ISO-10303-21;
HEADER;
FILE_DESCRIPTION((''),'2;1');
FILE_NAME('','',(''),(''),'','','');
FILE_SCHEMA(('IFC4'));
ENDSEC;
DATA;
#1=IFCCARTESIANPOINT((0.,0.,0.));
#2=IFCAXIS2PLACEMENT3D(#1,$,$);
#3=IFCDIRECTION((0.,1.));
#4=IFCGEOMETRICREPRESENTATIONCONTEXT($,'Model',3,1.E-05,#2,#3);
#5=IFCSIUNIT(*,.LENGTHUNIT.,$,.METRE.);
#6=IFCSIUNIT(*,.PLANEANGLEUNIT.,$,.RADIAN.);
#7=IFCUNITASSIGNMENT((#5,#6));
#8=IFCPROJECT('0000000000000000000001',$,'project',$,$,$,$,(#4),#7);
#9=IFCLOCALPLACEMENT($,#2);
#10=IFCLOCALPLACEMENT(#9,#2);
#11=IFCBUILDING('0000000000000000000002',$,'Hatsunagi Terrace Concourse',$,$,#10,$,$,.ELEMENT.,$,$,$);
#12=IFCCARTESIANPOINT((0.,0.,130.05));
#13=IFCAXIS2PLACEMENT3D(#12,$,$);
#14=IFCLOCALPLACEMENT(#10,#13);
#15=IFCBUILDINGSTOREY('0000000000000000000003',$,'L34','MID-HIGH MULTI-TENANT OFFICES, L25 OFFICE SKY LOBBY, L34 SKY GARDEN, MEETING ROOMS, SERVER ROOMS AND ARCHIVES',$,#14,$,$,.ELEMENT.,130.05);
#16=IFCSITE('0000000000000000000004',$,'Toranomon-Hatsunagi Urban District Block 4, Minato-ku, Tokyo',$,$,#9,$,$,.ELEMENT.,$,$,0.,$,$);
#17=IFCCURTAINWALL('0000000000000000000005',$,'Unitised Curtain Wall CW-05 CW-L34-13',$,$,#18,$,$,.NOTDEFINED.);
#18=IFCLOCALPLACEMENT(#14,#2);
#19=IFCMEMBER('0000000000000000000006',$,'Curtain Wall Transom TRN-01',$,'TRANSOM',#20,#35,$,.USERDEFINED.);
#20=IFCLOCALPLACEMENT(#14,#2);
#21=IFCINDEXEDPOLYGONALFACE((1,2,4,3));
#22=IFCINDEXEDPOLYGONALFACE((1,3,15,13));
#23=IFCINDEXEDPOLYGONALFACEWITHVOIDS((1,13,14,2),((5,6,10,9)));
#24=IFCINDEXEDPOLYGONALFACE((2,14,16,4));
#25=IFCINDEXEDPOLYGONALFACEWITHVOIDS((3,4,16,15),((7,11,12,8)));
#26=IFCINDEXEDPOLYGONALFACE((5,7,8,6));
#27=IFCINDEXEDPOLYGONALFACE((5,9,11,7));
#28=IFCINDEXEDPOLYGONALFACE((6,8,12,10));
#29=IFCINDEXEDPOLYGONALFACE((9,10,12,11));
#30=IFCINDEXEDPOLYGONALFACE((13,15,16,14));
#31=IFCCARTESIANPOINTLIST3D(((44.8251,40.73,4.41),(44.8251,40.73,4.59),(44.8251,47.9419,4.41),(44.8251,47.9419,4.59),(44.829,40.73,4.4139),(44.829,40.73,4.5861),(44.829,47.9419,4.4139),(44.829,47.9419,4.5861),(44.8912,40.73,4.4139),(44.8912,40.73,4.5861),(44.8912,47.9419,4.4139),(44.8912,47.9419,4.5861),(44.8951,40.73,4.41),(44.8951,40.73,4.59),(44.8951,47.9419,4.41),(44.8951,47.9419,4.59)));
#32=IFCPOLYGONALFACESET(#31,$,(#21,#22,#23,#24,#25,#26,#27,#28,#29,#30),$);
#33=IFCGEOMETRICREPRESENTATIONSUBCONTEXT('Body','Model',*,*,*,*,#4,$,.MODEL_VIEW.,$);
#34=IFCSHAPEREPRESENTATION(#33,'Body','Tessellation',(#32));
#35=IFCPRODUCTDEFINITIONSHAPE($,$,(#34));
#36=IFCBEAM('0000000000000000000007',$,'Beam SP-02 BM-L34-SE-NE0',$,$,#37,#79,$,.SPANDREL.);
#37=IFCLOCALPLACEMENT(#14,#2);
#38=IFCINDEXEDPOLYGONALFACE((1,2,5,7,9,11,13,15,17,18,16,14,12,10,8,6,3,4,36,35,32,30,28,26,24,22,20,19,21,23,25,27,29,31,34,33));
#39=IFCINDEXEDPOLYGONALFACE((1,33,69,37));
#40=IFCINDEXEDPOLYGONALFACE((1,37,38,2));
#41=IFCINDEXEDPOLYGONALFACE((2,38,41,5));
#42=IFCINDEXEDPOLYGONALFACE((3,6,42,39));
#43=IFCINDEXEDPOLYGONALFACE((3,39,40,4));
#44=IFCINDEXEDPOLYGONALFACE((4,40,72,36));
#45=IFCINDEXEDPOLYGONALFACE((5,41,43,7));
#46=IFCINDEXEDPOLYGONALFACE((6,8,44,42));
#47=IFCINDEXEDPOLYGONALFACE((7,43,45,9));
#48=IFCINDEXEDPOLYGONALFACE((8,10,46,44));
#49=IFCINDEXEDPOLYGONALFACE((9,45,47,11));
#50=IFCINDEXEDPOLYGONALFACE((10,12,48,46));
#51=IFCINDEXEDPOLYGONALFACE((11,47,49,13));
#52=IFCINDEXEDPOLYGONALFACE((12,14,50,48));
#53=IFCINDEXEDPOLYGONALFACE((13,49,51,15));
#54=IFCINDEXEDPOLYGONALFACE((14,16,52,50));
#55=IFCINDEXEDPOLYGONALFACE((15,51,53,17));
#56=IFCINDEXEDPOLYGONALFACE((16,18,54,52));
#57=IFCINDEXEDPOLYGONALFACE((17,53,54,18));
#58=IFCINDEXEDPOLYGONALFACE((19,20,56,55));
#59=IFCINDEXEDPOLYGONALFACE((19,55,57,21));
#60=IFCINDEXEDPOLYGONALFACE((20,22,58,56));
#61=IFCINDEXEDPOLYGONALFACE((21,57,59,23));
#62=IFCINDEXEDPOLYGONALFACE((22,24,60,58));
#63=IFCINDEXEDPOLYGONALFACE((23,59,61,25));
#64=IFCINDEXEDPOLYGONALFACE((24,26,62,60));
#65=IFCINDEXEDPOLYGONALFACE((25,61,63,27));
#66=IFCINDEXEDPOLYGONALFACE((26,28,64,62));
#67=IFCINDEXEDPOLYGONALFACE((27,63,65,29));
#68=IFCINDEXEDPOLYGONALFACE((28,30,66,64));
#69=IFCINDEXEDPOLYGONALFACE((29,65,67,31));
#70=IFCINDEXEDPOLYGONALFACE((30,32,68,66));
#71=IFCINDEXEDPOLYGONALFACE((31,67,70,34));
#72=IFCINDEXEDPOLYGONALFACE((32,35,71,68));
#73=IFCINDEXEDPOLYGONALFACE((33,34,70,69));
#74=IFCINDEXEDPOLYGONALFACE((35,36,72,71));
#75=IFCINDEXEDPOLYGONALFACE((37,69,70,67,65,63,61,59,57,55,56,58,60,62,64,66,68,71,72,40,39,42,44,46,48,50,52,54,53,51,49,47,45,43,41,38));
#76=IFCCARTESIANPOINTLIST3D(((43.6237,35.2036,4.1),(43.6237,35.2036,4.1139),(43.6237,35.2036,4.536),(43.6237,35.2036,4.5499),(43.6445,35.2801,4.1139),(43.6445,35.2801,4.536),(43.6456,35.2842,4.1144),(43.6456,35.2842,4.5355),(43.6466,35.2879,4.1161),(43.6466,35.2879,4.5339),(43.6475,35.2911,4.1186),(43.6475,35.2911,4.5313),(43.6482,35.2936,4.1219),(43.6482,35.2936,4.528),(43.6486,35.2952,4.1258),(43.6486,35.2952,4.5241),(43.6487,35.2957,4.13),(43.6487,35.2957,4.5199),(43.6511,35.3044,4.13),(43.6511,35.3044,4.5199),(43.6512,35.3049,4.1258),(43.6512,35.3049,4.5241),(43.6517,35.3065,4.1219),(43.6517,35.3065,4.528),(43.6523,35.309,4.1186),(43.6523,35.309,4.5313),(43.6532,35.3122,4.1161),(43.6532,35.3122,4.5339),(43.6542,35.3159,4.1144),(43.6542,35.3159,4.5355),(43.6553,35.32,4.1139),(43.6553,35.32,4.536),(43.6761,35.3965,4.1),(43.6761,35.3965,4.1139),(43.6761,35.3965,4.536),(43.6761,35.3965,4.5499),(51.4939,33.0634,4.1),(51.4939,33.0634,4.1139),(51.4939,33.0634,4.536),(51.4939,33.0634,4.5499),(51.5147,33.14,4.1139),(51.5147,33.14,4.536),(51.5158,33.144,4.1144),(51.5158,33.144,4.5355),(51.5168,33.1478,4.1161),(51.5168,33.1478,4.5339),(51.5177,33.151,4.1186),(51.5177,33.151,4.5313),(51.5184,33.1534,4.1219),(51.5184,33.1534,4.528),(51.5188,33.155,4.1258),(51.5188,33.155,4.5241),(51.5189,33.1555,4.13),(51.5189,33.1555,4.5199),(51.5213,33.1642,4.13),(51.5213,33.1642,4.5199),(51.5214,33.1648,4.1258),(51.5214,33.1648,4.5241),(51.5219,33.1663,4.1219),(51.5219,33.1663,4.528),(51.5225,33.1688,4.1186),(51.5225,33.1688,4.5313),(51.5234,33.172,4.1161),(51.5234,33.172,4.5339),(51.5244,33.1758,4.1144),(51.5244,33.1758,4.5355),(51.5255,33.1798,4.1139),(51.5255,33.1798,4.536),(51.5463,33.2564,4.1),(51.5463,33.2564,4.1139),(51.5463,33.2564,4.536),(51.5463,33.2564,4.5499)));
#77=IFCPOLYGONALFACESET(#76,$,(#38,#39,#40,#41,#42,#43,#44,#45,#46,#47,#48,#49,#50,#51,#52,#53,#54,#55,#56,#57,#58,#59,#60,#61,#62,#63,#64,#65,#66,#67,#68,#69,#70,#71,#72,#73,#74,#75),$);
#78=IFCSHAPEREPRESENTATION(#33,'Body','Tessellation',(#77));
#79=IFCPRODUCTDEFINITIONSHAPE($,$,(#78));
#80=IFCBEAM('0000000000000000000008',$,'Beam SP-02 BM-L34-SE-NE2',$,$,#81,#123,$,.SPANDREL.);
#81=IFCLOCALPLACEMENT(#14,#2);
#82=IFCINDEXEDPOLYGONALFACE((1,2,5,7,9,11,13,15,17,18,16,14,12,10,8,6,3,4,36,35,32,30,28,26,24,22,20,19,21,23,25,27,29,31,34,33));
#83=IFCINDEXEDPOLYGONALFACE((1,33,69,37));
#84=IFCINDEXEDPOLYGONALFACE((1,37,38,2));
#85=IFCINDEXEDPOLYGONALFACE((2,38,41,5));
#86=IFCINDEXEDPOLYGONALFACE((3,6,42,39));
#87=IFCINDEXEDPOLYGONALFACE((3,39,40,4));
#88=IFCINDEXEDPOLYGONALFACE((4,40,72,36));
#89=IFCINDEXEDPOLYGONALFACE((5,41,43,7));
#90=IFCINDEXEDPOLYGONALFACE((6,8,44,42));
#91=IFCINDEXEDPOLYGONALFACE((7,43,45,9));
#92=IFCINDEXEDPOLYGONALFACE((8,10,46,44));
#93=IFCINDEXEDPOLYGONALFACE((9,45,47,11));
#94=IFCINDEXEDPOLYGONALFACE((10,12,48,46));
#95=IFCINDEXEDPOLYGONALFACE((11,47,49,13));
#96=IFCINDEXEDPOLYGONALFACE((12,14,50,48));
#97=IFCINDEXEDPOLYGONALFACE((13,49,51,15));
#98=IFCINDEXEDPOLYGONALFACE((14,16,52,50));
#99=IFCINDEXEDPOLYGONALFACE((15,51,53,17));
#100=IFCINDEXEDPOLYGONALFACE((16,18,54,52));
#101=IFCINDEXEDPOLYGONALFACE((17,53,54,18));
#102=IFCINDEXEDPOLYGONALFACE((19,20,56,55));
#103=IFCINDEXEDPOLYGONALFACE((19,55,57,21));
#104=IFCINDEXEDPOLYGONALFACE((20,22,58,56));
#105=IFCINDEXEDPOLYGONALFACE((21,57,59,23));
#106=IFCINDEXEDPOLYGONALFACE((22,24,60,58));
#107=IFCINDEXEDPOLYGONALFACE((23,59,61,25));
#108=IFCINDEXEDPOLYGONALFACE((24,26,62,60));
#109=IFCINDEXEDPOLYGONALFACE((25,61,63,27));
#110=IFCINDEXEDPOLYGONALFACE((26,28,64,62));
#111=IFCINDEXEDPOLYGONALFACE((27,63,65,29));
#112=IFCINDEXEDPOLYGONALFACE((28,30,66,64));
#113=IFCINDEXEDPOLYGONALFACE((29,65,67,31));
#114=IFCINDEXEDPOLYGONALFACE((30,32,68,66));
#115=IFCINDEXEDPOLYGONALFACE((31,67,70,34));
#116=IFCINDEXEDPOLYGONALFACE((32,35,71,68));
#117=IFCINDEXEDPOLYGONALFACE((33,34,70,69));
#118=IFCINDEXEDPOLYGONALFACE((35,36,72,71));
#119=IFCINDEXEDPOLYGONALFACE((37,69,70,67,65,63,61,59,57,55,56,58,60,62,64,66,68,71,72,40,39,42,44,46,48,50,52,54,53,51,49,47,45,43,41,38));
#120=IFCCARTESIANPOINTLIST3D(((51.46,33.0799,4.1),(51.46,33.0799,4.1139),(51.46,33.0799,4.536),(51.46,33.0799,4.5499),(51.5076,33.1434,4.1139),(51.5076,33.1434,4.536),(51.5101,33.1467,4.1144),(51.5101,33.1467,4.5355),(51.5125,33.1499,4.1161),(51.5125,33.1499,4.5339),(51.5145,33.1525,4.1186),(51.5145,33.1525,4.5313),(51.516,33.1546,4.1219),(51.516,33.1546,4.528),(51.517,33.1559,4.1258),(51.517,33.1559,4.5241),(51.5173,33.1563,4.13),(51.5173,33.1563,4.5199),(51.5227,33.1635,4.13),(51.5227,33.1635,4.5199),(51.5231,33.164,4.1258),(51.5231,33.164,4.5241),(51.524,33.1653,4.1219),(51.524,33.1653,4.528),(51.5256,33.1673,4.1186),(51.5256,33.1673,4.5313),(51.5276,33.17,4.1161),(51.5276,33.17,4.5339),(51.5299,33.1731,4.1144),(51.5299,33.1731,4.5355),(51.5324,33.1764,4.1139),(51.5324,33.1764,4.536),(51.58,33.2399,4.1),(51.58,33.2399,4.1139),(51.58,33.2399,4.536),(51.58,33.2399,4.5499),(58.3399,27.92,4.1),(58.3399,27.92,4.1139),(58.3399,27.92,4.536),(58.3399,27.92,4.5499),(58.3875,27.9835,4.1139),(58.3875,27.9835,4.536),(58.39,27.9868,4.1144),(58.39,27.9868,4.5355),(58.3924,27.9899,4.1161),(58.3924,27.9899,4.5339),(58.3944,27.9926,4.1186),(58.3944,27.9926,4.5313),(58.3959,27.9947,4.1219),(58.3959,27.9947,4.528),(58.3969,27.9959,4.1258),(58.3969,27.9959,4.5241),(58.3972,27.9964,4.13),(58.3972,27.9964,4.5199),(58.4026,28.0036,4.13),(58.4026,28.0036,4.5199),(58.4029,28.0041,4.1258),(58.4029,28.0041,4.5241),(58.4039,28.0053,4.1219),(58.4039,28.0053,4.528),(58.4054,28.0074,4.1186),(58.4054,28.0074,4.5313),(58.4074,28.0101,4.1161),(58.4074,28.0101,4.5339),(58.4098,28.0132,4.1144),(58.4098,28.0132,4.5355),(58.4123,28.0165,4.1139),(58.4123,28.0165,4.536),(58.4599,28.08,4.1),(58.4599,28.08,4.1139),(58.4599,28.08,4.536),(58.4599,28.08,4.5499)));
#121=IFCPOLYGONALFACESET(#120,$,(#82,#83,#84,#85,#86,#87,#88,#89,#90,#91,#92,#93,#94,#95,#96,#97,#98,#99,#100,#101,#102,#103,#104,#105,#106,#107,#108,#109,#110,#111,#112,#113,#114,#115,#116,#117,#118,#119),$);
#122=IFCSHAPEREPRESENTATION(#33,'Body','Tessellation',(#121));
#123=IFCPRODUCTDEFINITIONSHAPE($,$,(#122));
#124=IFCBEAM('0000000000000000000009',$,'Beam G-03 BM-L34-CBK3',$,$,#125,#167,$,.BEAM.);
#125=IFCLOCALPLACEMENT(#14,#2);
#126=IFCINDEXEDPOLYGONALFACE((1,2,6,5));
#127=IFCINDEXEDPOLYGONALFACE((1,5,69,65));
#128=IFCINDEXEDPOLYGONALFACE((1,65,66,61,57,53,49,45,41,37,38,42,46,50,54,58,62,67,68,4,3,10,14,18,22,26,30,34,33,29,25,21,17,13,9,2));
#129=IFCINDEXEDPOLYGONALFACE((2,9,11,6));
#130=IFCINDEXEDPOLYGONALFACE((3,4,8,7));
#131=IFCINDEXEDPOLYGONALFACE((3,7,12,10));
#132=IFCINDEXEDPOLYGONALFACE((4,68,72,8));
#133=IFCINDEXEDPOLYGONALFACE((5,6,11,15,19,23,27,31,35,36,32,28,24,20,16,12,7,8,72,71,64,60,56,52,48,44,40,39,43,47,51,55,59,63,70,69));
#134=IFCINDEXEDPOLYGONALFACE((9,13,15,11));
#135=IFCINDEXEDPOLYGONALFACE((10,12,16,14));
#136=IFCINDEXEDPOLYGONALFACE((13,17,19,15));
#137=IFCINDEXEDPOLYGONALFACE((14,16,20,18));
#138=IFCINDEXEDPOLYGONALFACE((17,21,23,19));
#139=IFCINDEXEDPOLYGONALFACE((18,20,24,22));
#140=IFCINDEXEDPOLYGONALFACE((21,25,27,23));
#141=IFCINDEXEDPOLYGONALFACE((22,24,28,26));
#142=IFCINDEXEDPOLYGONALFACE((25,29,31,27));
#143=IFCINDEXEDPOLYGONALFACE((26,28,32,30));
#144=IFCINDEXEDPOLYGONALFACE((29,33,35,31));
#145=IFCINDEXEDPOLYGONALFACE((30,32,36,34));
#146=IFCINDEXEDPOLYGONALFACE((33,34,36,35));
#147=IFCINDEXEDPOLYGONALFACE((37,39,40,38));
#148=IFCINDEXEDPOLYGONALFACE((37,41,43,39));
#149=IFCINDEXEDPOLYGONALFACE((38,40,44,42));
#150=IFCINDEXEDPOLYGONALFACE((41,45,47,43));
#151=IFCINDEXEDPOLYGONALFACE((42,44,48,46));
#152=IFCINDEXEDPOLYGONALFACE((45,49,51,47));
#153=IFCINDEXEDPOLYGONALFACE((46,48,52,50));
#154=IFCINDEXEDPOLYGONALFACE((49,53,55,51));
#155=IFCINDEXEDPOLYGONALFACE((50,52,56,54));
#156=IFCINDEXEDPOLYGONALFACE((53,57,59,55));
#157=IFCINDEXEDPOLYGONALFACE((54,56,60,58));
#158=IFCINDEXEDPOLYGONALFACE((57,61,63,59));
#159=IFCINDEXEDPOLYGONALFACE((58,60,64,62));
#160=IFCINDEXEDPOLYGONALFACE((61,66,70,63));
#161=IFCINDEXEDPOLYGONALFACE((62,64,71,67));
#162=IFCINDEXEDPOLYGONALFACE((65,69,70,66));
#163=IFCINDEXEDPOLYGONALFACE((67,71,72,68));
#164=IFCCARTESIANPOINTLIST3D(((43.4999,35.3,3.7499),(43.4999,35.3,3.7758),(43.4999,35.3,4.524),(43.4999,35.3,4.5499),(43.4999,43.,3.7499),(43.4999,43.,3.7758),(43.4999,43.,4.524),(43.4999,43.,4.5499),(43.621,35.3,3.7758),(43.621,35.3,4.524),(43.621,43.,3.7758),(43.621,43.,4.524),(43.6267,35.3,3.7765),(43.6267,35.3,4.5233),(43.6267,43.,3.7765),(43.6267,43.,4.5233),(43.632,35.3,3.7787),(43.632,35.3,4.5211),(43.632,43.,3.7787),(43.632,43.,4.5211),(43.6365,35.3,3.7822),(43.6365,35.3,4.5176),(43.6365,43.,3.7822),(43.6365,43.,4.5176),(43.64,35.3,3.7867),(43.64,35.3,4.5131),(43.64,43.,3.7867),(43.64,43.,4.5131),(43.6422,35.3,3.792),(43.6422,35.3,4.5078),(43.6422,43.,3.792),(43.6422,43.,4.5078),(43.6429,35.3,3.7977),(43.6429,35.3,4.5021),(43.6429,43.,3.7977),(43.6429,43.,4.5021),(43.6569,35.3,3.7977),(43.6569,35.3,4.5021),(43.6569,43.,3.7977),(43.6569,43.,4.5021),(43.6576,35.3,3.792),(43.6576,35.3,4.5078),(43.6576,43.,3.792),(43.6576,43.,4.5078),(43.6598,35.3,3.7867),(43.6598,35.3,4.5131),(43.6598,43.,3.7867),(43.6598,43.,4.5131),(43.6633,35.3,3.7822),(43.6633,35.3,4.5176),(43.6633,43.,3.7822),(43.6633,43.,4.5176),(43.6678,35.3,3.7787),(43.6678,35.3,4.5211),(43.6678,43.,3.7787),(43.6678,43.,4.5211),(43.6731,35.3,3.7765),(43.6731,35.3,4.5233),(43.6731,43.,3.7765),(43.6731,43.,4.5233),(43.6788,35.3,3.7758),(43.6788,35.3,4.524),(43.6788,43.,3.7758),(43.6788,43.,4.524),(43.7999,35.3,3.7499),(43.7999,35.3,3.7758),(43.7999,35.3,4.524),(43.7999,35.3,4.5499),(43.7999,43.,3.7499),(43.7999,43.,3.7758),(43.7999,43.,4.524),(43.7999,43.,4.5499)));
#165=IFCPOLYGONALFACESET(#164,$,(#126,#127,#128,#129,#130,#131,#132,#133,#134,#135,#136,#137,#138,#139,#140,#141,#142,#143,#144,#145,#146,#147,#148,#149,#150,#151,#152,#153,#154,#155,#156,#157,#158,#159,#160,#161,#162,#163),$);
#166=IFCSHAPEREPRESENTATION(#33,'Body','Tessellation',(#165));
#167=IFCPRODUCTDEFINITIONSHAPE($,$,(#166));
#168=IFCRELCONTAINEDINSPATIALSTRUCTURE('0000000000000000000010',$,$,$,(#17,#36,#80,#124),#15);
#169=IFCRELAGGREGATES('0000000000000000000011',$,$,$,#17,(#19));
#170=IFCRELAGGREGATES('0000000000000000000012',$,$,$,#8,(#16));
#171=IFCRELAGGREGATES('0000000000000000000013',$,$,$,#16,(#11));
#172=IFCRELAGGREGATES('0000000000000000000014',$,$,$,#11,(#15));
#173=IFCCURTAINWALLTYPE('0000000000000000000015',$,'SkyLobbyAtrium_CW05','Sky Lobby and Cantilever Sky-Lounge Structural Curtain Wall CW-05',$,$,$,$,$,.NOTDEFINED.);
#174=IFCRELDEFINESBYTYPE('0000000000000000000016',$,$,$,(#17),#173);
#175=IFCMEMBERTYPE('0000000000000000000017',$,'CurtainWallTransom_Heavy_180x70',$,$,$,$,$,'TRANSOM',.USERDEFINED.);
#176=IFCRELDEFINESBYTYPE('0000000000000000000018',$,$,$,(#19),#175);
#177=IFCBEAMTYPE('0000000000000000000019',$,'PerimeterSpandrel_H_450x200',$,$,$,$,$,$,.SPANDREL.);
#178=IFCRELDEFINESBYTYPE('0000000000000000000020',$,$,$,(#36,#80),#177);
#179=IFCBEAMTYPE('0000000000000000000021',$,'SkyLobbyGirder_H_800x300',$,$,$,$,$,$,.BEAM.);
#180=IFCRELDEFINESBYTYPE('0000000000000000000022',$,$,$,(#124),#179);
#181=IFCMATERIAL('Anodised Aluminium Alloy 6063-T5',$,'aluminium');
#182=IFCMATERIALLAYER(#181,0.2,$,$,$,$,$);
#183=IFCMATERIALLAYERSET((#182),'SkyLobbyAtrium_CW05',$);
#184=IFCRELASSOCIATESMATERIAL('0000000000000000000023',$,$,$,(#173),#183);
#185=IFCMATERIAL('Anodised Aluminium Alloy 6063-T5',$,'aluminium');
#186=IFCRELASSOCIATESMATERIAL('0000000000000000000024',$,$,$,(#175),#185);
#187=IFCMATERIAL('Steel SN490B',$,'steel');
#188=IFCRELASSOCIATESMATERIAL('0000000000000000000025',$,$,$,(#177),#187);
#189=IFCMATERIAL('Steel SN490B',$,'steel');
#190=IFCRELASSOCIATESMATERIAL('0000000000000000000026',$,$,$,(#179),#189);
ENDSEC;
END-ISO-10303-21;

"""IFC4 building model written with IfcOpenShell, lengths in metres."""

from ifc_helpers import new_model, si_unit, direction, frame, origin, origin_2d, place, context, subcontext, project, spatial, hollow_rectangle, i_section, extrude, material, layer, layer_set, material_profile, profile_set, type_object, element, aggregate, save


model = new_model("IFC4")

# Units and contexts
model_context = context("Model", 3, precision=1e-05, world=origin(), true_north=direction((0.0, 1.0)))
body_context = subcontext(model_context, "Body", "Model", "MODEL_VIEW")
ifc_project = project(units=[si_unit("LENGTHUNIT", "METRE"), si_unit("PLANEANGLEUNIT", "RADIAN")], contexts=[model_context])

# Site, building, storey
site_placement = place(None, origin())
site = spatial("IfcSite", under=ifc_project, at=site_placement, Name="Toranomon-Hatsunagi Urban District Block 4, Minato-ku, Tokyo", CompositionType="ELEMENT", RefElevation=0.0)
building_placement = place(site_placement, origin())
building = spatial("IfcBuilding", under=site, at=building_placement, Name="Hatsunagi Terrace Concourse", CompositionType="ELEMENT")
storey_placement = place(building_placement, frame((0.0, 0.0, 130.05)))
storey = spatial("IfcBuildingStorey", under=building, at=storey_placement, Name="L34", Description="MID-HIGH MULTI-TENANT OFFICES, L25 OFFICE SKY LOBBY, L34 SKY GARDEN, MEETING ROOMS, SERVER ROOMS AND ARCHIVES", CompositionType="ELEMENT", Elevation=130.05)

# Curtain wall, member
ifc_material_1 = material(Name="Anodised Aluminium Alloy 6063-T5", Category="aluminium")
ifc_layer_1 = layer(ifc_material_1, 0.2)
ifc_layer_set_1 = layer_set([ifc_layer_1], Name="SkyLobbyAtrium_CW05")
curtain_wall_type = type_object("IfcCurtainWallType", Name="SkyLobbyAtrium_CW05", Description="Sky Lobby and Cantilever Sky-Lounge Structural Curtain Wall CW-05", PredefinedType="NOTDEFINED", material=ifc_layer_set_1)
curtain_wall_placement = place(storey_placement, origin())
curtain_wall = element("IfcCurtainWall", 1, at=curtain_wall_placement, inside=storey, type_object=curtain_wall_type, Name="Unitised Curtain Wall CW-05 CW-L34-13", PredefinedType="NOTDEFINED")
ifc_material_2 = material(Name="Anodised Aluminium Alloy 6063-T5", Category="aluminium")
ifc_material_profile_1 = material_profile(ifc_material_2, hollow_rectangle(XDim=0.0701, YDim=0.1799, WallThickness=0.0039, at=origin_2d()), Name="ALU-TRN-180x70x4")
ifc_profile_set_1 = profile_set([ifc_material_profile_1], Name="Anodised Aluminium Alloy 6063-T5")
member_type_1 = type_object("IfcMemberType", Name="CurtainWallTransom_Heavy_180x70", ElementType="TRANSOM", PredefinedType="USERDEFINED", material=ifc_profile_set_1)
member_1_placement = place(storey_placement, frame((44.8601, 47.9419, 4.5), z_axis=(0.0, -1.0, 0.0), x_axis=(1.0, 0.0, 0.0)))
member_1 = element("IfcMember", 2, at=member_1_placement, type_object=member_type_1, Name="Curtain Wall Transom TRN-01", ObjectType="TRANSOM", PredefinedType="USERDEFINED", context=body_context, shape_type="SweptSolid", body=[
    extrude(hollow_rectangle(XDim=0.0701, YDim=0.1799, WallThickness=0.0039, at=origin_2d()), origin(), (0.0, 0.0, 1.0), 7.2119),
])

# Beams
ifc_material_3 = material(Name="Steel SN490B", Category="steel")
ifc_material_profile_2 = material_profile(ifc_material_3, i_section(OverallWidth=0.2, OverallDepth=0.45, WebThickness=0.009, FlangeThickness=0.0139, FilletRadius=0.0161, at=origin_2d()), Name="H-450x200x9x14")
ifc_profile_set_2 = profile_set([ifc_material_profile_2], Name="Steel SN490B")
beam_type_1 = type_object("IfcBeamType", Name="PerimeterSpandrel_H_450x200", PredefinedType="SPANDREL", material=ifc_profile_set_2)
beam_1_placement = place(storey_placement, frame((43.6499, 35.3, 4.325), z_axis=(0.964958, -0.262403, 0.0), x_axis=(0.262403, 0.964958, 0.0)))
element("IfcBeam", 3, at=beam_1_placement, inside=storey, type_object=beam_type_1, Name="Beam SP-02 BM-L34-SE-NE0", PredefinedType="SPANDREL", context=body_context, shape_type="SweptSolid", body=[
    extrude(i_section(OverallWidth=0.2, OverallDepth=0.45, WebThickness=0.009, FlangeThickness=0.0139, FilletRadius=0.0161, at=origin_2d()), origin(), (0.0, 0.0, 1.0), 8.156),
])
beam_2_placement = place(storey_placement, frame((51.52, 33.1599, 4.325), z_axis=(0.8, -0.6, 0.0), x_axis=(0.6, 0.8, 0.0)))
element("IfcBeam", 4, at=beam_2_placement, inside=storey, type_object=beam_type_1, Name="Beam SP-02 BM-L34-SE-NE2", PredefinedType="SPANDREL", context=body_context, shape_type="SweptSolid", body=[
    extrude(i_section(OverallWidth=0.2, OverallDepth=0.45, WebThickness=0.009, FlangeThickness=0.0139, FilletRadius=0.0161, at=origin_2d()), origin(), (0.0, 0.0, 1.0), 8.5999),
])
ifc_material_4 = material(Name="Steel SN490B", Category="steel")
ifc_material_profile_3 = material_profile(ifc_material_4, i_section(OverallWidth=0.3, OverallDepth=0.8, WebThickness=0.0139, FlangeThickness=0.0259, FilletRadius=0.022, at=origin_2d()), Name="H-800x300x14x26")
ifc_profile_set_3 = profile_set([ifc_material_profile_3], Name="Steel SN490B")
beam_type_2 = type_object("IfcBeamType", Name="SkyLobbyGirder_H_800x300", PredefinedType="BEAM", material=ifc_profile_set_3)
beam_3_placement = place(storey_placement, frame((43.6499, 35.3, 4.1499), z_axis=(0.0, 1.0, 0.0), x_axis=(-1.0, 0.0, 0.0)))
element("IfcBeam", 5, at=beam_3_placement, inside=storey, type_object=beam_type_2, Name="Beam G-03 BM-L34-CBK3", PredefinedType="BEAM", context=body_context, shape_type="SweptSolid", body=[
    extrude(i_section(OverallWidth=0.3, OverallDepth=0.8, WebThickness=0.0139, FlangeThickness=0.0259, FilletRadius=0.022, at=origin_2d()), origin(), (0.0, 0.0, 1.0), 7.7),
])

aggregate(curtain_wall, [member_1])

save(model, "model.ifc")
